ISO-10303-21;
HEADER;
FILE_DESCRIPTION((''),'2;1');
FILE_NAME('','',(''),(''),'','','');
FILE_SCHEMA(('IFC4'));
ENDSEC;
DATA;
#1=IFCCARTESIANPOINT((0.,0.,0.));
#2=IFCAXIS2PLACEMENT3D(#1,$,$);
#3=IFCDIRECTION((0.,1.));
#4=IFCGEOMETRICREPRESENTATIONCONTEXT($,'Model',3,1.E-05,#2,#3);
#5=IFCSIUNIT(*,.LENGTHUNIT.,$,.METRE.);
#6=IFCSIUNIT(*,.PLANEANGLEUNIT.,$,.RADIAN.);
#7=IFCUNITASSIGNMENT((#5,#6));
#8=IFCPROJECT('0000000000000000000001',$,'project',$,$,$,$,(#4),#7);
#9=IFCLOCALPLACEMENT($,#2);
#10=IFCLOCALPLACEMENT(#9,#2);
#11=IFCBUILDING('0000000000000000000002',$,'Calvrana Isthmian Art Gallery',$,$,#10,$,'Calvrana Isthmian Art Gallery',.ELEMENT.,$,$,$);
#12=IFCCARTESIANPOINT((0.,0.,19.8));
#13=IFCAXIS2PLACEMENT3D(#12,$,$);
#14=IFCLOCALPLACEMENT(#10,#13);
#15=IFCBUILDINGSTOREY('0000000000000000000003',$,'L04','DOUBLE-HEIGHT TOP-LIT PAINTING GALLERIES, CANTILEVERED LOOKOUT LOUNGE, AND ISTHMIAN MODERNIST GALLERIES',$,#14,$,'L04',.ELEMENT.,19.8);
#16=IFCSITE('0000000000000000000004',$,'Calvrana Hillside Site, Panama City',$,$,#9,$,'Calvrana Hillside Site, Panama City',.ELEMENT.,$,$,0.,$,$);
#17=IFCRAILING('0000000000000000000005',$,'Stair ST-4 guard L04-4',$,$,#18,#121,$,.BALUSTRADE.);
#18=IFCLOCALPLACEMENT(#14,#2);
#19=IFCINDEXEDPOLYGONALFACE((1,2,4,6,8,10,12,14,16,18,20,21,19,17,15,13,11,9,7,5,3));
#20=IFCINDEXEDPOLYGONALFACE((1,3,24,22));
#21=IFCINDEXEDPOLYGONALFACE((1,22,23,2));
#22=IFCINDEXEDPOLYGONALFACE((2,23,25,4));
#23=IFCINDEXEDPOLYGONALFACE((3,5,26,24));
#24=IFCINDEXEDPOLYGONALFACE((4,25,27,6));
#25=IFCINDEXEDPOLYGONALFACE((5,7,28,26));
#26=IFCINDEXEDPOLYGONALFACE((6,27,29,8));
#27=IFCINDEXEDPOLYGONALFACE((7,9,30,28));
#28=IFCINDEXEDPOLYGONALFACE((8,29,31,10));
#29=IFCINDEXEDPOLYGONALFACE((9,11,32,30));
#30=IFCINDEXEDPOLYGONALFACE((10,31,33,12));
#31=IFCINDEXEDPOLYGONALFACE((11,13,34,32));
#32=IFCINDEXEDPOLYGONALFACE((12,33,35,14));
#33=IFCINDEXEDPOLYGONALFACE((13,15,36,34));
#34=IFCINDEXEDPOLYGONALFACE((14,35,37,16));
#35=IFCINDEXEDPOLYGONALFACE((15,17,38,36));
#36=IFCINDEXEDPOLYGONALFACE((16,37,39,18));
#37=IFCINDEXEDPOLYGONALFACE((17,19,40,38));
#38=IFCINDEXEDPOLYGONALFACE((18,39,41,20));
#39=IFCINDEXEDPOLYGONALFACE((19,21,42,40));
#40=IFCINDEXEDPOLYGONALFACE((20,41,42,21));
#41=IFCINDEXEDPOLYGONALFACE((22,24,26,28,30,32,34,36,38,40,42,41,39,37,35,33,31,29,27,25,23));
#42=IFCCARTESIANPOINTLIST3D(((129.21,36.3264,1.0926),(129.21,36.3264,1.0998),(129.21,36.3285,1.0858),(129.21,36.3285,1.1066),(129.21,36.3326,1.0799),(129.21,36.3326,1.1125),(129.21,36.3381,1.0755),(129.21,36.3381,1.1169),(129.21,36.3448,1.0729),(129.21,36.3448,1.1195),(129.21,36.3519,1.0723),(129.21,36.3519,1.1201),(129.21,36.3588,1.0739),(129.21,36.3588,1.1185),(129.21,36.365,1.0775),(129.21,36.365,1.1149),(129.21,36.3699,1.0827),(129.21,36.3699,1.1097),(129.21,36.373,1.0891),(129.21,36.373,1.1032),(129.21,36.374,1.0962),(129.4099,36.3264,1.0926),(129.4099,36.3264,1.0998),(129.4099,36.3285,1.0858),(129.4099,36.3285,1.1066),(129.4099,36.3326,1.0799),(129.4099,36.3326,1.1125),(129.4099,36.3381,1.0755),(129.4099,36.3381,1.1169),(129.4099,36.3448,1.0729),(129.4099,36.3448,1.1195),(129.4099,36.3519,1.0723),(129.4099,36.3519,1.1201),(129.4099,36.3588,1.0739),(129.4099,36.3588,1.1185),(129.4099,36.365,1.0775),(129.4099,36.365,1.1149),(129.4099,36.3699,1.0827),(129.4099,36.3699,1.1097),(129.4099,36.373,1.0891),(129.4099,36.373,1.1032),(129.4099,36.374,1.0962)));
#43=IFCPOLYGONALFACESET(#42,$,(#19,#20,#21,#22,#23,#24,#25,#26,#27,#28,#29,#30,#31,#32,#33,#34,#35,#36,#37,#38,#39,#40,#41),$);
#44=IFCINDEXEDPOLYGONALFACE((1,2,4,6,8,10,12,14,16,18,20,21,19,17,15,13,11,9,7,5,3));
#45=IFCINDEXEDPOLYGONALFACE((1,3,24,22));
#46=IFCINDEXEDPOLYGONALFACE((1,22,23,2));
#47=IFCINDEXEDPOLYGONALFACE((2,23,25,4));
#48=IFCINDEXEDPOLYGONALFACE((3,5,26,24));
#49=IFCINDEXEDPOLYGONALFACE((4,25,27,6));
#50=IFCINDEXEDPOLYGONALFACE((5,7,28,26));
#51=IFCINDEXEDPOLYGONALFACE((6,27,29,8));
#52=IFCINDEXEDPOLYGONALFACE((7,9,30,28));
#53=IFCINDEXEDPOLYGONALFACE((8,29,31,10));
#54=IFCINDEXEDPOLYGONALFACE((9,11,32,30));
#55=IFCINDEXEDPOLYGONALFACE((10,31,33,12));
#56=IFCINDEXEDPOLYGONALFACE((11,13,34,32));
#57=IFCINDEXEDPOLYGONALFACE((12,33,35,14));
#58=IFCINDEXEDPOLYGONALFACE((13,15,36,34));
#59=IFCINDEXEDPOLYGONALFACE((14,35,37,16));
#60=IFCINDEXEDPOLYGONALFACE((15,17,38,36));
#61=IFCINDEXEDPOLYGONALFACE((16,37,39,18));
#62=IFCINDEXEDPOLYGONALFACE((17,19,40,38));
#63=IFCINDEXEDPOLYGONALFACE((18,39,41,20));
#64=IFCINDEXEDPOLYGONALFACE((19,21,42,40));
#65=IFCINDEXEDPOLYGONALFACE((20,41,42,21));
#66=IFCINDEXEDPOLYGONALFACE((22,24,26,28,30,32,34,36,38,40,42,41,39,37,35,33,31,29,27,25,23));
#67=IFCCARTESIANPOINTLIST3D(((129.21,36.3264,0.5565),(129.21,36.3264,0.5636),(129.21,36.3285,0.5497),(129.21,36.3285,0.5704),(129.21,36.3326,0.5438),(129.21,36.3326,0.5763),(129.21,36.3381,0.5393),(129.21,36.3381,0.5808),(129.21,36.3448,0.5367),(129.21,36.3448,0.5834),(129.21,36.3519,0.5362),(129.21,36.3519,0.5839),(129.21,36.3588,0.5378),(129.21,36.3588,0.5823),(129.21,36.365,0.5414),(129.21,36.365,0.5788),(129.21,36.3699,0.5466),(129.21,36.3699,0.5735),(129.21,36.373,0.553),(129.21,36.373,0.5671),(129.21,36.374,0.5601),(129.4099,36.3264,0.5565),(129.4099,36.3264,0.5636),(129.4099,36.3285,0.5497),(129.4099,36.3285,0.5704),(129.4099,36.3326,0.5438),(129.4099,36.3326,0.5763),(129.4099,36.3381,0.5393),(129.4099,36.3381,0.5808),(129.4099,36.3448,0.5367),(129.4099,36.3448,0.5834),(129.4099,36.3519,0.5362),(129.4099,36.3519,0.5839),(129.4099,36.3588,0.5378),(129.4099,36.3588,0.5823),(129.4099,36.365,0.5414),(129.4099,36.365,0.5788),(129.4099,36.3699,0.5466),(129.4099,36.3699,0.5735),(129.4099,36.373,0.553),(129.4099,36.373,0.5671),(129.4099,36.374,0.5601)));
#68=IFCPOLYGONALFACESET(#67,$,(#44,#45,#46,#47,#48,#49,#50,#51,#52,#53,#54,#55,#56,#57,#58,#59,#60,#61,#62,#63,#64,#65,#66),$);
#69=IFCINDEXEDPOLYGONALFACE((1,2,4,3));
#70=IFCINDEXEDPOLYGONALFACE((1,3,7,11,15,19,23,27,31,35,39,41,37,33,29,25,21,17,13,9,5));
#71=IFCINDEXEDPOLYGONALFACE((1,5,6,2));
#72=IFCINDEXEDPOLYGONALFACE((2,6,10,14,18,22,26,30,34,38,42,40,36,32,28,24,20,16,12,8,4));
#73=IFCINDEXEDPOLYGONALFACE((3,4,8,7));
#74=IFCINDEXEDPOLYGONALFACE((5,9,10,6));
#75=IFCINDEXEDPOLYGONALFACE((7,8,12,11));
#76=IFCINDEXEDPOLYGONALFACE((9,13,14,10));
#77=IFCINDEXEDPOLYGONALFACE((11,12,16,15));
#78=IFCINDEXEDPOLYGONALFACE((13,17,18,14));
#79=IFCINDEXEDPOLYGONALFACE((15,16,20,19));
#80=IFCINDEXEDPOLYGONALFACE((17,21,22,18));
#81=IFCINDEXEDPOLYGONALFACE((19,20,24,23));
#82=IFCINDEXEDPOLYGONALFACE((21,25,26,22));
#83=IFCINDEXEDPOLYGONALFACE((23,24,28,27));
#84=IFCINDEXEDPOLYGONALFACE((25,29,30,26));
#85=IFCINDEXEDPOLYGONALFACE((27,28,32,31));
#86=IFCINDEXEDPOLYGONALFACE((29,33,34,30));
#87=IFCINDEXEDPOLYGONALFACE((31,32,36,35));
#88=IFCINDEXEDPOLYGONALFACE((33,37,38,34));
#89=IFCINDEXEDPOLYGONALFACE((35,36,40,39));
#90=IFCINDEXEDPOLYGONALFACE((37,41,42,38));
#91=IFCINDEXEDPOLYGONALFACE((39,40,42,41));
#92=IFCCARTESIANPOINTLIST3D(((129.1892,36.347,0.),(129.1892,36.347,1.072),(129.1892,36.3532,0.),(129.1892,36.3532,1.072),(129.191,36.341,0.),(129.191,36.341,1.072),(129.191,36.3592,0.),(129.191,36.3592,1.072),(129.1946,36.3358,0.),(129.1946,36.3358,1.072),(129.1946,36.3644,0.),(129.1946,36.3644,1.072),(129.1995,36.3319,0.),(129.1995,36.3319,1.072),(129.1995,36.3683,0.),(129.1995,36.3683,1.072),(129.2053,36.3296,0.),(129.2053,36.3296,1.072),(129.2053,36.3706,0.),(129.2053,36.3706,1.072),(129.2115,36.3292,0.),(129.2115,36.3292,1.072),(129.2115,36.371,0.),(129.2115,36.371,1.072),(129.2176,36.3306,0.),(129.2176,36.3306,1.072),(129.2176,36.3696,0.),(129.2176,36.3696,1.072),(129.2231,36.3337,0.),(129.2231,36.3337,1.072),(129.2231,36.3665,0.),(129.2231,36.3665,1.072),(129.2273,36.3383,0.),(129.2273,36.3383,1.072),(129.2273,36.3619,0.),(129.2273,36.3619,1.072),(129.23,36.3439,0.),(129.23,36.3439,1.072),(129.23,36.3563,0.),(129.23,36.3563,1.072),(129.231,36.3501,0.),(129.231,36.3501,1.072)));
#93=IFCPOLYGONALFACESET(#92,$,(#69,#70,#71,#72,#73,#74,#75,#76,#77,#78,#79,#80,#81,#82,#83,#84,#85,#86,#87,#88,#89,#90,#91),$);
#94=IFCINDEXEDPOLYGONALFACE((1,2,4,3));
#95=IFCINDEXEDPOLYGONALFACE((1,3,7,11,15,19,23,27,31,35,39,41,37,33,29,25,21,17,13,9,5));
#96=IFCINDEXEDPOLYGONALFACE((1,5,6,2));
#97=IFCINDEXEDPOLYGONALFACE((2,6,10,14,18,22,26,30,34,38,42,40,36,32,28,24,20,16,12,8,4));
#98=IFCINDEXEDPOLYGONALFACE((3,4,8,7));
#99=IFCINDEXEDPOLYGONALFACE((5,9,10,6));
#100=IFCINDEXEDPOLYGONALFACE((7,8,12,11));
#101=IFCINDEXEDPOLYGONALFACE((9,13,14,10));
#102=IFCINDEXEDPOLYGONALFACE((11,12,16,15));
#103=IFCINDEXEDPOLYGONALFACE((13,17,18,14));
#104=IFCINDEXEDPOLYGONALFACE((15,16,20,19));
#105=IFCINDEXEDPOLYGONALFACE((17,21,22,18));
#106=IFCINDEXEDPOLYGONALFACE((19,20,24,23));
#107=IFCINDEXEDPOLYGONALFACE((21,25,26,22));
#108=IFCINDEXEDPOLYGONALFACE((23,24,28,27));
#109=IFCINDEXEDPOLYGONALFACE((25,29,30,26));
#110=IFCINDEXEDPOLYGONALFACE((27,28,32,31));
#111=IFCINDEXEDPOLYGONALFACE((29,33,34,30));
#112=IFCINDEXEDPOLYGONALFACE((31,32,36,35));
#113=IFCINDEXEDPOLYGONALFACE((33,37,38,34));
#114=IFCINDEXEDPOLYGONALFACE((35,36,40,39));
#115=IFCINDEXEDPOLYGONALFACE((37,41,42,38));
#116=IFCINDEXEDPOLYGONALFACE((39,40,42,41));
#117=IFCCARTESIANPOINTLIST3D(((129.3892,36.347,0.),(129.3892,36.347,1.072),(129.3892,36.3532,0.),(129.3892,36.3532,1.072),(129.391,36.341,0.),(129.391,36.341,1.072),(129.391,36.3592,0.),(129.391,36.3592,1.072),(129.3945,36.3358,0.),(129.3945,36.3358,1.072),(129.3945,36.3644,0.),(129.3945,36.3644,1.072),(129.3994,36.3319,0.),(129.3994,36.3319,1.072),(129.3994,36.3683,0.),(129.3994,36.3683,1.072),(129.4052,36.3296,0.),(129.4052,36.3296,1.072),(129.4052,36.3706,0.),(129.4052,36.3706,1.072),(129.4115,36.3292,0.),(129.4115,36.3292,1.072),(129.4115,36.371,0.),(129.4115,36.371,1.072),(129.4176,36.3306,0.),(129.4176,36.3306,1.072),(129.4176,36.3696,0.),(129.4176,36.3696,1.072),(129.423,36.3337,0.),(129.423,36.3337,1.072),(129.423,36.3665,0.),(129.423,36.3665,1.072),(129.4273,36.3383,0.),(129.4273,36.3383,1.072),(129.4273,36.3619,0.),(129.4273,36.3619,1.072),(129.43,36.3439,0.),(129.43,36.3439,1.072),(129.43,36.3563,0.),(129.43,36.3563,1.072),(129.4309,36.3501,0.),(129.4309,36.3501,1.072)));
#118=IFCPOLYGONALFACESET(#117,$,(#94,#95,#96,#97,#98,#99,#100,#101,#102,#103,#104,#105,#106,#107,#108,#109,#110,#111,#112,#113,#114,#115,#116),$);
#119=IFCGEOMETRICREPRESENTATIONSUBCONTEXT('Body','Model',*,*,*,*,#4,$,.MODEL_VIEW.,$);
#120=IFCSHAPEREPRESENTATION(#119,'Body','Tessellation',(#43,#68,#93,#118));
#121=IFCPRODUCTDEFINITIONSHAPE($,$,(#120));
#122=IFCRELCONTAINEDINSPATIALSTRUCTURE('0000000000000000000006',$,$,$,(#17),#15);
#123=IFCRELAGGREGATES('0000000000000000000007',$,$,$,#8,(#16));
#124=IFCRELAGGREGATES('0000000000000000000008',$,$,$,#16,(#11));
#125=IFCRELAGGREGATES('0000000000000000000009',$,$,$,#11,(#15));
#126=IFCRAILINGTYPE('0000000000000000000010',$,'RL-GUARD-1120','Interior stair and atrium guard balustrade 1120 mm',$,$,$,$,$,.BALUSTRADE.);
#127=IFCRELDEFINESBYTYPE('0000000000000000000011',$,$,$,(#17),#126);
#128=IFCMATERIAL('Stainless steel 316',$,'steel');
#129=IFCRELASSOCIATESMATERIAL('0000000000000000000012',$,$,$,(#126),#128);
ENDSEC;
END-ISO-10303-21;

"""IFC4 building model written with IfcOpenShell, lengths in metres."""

from ifc_helpers import new_model, si_unit, direction, frame, origin, origin_2d, place, context, subcontext, project, spatial, circle, extrude, material, type_object, element, save


model = new_model("IFC4")

# Units and contexts
model_context = context("Model", 3, precision=1e-05, world=origin(), true_north=direction((0.0, 1.0)))
body_context = subcontext(model_context, "Body", "Model", "MODEL_VIEW")
ifc_project = project(units=[si_unit("LENGTHUNIT", "METRE"), si_unit("PLANEANGLEUNIT", "RADIAN")], contexts=[model_context])

# Site, building, storey
site_placement = place(None, origin())
site = spatial("IfcSite", under=ifc_project, at=site_placement, Name="Calvrana Hillside Site, Panama City", LongName="Calvrana Hillside Site, Panama City", CompositionType="ELEMENT", RefElevation=0.0)
building_placement = place(site_placement, origin())
building = spatial("IfcBuilding", under=site, at=building_placement, Name="Calvrana Isthmian Art Gallery", LongName="Calvrana Isthmian Art Gallery", CompositionType="ELEMENT")
storey_placement = place(building_placement, frame((0.0, 0.0, 19.8)))
storey = spatial("IfcBuildingStorey", under=building, at=storey_placement, Name="L04", Description="DOUBLE-HEIGHT TOP-LIT PAINTING GALLERIES, CANTILEVERED LOOKOUT LOUNGE, AND ISTHMIAN MODERNIST GALLERIES", LongName="L04", CompositionType="ELEMENT", Elevation=19.8)

# Railing
ifc_material_1 = material(Name="Stainless steel 316", Category="steel")
railing_type_1 = type_object("IfcRailingType", Name="RL-GUARD-1120", Description="Interior stair and atrium guard balustrade 1120 mm", PredefinedType="BALUSTRADE", material=ifc_material_1)
railing_1_placement = place(storey_placement, frame((129.21, 36.3501, 0.0)))
element("IfcRailing", 1, at=railing_1_placement, inside=storey, type_object=railing_type_1, Name="Stair ST-4 guard L04-4", PredefinedType="BALUSTRADE", context=body_context, shape_type="SweptSolid", body=[
    extrude(circle(Radius=0.0239, at=origin_2d()), frame((0.0, 0.0, 1.0962), z_axis=(1.0, 0.0, 0.0), x_axis=(0.0, 1.0, 0.0)), (0.0, 0.0, 1.0), 0.2),
    extrude(circle(Radius=0.0239, at=origin_2d()), frame((0.0, 0.0, 0.5601), z_axis=(1.0, 0.0, 0.0), x_axis=(0.0, 1.0, 0.0)), (0.0, 0.0, 1.0), 0.2),
    extrude(circle(Radius=0.021, at=origin_2d()), origin(), (0.0, 0.0, 1.0), 1.072),
    extrude(circle(Radius=0.021, at=origin_2d()), frame((0.2, 0.0, 0.0)), (0.0, 0.0, 1.0), 1.072),
])

save(model, "model.ifc")
